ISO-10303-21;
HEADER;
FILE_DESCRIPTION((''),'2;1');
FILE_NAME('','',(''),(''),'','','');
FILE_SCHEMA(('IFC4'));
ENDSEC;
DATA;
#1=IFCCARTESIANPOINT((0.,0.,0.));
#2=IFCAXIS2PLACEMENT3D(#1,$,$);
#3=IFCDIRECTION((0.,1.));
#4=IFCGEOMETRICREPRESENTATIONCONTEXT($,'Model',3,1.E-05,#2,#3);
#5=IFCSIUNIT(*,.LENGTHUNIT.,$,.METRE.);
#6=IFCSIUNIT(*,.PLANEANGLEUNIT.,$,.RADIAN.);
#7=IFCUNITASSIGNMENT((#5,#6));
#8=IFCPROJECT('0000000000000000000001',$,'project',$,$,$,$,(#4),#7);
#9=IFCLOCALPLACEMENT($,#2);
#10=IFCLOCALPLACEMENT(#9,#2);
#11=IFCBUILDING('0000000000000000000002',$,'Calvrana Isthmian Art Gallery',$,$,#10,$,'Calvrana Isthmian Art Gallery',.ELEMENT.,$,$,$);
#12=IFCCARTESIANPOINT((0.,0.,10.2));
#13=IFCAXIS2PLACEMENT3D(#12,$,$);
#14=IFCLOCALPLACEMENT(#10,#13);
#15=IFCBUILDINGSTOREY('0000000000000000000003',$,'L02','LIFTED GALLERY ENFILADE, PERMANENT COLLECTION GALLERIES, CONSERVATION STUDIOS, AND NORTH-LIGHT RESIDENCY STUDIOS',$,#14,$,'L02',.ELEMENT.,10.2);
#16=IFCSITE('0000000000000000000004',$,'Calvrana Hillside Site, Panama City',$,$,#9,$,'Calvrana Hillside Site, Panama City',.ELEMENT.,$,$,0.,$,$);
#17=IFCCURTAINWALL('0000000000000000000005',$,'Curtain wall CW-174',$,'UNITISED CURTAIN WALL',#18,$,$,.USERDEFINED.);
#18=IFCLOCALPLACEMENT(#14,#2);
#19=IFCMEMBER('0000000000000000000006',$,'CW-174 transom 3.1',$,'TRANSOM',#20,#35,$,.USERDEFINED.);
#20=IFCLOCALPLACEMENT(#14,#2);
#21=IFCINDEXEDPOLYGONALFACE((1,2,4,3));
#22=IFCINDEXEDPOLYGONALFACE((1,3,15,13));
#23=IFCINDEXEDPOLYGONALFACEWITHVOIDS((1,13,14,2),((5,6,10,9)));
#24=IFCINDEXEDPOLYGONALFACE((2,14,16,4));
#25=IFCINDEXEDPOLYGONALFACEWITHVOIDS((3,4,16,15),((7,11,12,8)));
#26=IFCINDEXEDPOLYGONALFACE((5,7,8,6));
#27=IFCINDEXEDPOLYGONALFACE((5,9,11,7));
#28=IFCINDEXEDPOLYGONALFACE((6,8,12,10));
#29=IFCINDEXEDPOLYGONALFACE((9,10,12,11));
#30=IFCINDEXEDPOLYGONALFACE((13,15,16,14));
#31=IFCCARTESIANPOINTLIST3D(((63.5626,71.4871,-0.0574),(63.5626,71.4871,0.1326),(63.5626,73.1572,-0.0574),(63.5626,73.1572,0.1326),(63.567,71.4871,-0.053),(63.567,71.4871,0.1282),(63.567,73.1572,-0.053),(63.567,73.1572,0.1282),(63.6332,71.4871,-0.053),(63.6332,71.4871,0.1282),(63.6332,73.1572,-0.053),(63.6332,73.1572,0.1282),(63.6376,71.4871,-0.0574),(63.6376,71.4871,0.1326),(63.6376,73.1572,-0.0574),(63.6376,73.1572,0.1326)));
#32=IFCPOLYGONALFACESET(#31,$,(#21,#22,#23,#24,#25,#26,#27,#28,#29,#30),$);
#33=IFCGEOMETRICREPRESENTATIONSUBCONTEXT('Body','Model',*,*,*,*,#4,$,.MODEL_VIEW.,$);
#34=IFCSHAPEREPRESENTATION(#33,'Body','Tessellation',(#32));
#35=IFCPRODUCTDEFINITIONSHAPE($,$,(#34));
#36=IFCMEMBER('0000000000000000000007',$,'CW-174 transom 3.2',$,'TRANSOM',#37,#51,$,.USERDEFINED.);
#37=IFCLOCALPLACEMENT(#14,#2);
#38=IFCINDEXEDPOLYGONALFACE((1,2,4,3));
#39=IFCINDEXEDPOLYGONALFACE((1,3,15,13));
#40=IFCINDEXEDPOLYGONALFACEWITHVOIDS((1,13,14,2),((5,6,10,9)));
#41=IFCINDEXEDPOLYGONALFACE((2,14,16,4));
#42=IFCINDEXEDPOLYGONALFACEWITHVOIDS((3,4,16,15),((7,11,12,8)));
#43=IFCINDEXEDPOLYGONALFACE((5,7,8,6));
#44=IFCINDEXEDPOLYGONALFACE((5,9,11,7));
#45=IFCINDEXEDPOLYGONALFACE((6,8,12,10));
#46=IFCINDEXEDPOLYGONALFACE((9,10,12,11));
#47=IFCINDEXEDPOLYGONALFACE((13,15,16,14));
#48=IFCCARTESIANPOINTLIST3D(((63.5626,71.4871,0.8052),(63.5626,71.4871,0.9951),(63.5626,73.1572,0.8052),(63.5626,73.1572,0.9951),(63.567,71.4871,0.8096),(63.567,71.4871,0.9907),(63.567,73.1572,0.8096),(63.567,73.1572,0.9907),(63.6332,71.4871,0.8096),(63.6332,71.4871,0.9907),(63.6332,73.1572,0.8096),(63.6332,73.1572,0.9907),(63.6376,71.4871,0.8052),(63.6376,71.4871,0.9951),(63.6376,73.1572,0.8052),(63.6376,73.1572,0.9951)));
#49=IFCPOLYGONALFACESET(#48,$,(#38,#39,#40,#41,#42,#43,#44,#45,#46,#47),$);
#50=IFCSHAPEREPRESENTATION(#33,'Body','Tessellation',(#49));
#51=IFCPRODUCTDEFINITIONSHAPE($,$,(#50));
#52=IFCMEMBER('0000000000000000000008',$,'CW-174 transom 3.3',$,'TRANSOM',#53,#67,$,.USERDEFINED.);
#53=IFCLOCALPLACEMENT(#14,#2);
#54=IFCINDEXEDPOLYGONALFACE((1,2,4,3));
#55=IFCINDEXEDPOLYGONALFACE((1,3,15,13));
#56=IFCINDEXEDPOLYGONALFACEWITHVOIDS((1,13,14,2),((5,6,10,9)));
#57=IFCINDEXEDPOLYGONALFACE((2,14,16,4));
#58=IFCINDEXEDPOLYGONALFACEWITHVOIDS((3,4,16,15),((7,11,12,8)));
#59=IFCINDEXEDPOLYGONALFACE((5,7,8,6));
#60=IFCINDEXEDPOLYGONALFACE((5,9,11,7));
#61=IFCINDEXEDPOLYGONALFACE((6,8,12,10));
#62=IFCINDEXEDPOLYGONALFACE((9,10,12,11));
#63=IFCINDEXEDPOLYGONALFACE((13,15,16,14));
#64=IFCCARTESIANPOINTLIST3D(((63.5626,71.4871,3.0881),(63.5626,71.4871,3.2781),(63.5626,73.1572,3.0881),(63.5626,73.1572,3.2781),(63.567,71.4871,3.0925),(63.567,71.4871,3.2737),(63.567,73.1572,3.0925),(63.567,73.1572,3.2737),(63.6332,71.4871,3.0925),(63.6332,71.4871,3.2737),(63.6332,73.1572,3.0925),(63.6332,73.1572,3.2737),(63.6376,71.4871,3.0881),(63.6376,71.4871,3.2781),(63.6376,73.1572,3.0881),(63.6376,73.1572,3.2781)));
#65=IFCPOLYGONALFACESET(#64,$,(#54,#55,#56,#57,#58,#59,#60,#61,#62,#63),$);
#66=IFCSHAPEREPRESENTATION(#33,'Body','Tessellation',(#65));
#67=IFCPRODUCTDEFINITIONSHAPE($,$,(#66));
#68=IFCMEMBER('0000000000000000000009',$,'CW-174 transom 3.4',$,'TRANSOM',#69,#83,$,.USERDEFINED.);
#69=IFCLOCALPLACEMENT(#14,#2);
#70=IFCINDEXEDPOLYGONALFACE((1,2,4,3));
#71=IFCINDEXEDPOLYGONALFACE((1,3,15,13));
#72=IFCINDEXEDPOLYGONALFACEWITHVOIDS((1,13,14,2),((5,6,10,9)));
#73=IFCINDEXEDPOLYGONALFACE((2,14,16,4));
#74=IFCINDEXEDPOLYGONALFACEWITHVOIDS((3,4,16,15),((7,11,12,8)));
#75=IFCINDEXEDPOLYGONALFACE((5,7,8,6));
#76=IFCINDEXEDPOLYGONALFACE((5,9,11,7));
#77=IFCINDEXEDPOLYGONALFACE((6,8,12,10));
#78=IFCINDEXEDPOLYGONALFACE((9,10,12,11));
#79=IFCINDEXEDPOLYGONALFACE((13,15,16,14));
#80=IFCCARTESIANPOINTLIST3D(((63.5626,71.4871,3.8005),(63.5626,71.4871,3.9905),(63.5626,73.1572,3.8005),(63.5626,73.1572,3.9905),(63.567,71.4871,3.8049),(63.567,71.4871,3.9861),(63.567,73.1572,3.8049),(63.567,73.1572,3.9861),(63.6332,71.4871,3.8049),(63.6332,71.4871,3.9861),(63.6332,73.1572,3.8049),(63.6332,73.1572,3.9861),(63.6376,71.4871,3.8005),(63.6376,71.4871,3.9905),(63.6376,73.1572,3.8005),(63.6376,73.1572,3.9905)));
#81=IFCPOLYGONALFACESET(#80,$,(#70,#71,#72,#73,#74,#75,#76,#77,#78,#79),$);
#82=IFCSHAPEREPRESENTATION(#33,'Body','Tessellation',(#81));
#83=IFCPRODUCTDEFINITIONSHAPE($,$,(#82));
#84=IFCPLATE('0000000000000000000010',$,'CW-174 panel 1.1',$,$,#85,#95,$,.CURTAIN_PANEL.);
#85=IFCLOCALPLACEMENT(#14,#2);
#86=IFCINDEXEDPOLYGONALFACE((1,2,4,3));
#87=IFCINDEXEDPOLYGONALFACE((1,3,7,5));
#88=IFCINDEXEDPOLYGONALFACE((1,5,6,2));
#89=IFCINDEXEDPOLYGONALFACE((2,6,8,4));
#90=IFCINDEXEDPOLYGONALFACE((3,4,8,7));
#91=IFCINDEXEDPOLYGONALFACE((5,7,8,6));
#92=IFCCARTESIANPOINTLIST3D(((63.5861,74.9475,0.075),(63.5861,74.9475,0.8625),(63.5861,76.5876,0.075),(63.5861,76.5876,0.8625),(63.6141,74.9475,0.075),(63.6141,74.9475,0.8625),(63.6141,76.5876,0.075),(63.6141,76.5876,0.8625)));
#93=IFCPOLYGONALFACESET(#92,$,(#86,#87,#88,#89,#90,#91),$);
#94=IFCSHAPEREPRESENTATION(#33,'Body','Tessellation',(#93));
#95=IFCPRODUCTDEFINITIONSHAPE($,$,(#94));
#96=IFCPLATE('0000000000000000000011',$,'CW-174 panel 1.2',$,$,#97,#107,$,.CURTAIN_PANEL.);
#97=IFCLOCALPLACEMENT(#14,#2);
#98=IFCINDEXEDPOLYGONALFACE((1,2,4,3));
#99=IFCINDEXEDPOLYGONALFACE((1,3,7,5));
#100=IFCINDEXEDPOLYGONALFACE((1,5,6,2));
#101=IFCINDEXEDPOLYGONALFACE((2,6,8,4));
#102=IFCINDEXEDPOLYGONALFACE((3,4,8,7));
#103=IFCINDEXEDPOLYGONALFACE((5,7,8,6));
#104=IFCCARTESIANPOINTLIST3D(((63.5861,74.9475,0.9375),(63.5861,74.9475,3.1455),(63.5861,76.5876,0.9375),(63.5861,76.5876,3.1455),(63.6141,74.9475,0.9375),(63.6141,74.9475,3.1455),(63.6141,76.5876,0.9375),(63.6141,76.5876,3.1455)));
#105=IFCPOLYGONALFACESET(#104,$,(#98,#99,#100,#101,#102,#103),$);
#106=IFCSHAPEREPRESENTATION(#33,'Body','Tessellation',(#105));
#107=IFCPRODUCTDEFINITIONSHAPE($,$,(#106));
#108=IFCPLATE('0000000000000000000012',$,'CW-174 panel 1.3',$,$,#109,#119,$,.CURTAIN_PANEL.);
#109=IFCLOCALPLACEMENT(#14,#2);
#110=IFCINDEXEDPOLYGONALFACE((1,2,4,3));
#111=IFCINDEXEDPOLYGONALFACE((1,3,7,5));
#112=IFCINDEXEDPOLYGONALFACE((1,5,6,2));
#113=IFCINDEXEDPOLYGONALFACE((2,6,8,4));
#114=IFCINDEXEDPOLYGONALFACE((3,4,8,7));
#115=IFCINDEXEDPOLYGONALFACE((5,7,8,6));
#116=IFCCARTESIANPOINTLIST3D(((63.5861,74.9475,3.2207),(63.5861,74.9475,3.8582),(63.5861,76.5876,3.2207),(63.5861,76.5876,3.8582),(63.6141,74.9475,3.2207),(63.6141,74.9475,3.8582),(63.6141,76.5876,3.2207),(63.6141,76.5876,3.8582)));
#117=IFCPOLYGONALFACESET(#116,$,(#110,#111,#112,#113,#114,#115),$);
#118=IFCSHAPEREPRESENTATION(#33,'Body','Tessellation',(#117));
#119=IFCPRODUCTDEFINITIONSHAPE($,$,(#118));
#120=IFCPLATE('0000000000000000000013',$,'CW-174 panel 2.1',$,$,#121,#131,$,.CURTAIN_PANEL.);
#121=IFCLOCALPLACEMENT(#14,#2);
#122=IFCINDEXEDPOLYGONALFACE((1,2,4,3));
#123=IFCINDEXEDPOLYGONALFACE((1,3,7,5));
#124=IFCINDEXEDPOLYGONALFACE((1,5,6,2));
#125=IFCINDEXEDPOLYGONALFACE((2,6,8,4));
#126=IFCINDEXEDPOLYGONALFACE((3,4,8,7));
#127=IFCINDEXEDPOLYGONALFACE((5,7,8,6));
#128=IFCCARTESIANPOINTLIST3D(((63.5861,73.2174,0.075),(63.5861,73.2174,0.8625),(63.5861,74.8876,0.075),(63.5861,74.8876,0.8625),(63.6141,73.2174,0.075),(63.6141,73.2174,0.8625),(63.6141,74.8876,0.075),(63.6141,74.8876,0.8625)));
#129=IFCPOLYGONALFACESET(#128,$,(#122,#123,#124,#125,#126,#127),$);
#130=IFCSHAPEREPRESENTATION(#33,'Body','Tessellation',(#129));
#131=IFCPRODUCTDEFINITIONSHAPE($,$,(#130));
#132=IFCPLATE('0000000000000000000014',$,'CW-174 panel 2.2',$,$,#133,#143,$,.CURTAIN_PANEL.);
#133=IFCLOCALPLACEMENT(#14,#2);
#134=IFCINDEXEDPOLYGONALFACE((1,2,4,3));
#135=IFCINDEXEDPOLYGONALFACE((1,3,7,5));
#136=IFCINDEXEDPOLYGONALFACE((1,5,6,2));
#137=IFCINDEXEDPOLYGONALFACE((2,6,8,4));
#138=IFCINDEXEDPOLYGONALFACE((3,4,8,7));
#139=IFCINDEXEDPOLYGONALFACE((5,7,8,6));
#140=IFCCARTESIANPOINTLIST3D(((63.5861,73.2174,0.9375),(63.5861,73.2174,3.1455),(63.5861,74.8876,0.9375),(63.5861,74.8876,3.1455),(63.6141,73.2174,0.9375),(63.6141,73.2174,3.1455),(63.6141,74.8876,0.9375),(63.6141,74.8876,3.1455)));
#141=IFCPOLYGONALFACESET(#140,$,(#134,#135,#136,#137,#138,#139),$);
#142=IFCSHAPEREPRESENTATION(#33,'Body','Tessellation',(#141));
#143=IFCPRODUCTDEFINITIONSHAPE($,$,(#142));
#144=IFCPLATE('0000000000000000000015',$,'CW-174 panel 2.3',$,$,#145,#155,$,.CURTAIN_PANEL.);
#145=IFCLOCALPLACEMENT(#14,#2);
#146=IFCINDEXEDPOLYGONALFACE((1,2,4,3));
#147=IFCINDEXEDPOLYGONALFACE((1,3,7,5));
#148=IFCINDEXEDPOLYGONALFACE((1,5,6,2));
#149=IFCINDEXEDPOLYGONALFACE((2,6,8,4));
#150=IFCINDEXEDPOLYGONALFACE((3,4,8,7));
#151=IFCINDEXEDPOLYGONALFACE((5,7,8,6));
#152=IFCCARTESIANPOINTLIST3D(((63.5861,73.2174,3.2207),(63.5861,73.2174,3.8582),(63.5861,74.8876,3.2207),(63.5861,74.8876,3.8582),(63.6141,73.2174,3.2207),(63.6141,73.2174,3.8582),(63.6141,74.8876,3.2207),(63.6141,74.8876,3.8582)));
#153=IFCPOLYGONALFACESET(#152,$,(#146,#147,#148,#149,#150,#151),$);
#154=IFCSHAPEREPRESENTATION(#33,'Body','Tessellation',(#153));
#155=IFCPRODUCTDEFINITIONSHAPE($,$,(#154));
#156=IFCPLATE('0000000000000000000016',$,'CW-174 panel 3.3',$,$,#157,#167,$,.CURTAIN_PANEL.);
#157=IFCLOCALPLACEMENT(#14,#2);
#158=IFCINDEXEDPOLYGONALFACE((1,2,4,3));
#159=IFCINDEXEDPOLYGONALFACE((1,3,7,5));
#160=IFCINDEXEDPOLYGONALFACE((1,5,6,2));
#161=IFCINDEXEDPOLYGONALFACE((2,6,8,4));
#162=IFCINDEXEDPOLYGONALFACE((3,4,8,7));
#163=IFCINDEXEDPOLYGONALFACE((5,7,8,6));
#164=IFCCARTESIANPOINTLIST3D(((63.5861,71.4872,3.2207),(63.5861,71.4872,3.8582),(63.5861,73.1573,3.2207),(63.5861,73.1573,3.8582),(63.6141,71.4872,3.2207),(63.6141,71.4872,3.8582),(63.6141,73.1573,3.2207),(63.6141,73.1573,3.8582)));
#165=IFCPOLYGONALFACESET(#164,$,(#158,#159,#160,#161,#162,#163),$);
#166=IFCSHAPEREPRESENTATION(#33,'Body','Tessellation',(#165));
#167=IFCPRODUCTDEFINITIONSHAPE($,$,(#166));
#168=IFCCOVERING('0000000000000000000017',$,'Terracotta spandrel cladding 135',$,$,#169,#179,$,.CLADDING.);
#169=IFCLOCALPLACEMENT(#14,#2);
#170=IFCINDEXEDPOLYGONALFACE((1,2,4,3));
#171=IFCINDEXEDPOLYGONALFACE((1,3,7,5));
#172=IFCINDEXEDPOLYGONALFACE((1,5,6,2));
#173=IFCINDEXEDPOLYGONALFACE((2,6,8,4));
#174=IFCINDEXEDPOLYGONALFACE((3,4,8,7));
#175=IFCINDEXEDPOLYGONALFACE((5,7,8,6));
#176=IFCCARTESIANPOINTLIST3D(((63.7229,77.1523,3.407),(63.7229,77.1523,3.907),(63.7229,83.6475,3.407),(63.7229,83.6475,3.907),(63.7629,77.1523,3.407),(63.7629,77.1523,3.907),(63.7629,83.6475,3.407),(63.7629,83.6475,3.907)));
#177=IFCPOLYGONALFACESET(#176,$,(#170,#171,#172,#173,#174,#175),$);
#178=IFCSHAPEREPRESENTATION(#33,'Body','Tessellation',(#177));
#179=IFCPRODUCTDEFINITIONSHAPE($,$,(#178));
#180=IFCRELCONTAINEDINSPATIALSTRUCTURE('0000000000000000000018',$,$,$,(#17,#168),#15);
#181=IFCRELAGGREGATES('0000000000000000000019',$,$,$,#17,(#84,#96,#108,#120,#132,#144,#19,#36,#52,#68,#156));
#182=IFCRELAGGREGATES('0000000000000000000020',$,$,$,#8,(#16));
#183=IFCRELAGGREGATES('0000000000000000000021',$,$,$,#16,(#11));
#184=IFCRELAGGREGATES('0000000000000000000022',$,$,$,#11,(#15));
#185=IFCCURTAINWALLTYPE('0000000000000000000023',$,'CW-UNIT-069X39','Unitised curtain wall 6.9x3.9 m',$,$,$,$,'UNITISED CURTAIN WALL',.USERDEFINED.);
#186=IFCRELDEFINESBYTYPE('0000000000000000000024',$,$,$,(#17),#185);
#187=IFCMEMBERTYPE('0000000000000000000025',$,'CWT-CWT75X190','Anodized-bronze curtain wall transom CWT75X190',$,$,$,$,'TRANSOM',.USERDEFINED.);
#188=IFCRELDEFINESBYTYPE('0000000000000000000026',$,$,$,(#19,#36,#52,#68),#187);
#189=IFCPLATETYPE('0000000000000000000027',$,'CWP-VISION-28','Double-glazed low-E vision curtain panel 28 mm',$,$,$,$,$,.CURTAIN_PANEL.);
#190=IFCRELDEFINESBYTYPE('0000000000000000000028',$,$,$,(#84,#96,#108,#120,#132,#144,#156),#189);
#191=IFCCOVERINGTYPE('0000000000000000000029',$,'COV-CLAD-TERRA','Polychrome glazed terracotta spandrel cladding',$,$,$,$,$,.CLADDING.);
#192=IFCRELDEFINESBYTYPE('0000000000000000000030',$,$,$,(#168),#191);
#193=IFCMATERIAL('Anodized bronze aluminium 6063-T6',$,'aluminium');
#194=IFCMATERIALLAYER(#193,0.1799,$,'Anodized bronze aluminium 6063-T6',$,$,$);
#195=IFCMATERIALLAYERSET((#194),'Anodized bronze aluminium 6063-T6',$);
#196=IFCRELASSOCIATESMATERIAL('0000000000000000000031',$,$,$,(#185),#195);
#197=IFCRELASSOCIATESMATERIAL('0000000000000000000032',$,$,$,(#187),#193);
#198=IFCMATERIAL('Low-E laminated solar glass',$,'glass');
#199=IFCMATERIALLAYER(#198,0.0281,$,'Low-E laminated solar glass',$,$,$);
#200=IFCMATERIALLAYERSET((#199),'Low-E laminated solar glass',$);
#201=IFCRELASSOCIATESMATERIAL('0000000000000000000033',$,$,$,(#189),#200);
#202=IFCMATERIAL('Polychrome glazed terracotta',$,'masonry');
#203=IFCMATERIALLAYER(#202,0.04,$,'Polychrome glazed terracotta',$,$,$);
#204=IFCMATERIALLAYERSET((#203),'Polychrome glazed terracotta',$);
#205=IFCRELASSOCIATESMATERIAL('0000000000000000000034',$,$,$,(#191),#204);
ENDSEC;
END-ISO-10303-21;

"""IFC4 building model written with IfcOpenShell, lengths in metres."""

from ifc_helpers import new_model, si_unit, direction, frame, origin, origin_2d, place, context, subcontext, project, spatial, rectangle, hollow_rectangle, extrude, material, layer, layer_set, material_profile, profile_set, type_object, element, aggregate, save


model = new_model("IFC4")

# Units and contexts
model_context = context("Model", 3, precision=1e-05, world=origin(), true_north=direction((0.0, 1.0)))
body_context = subcontext(model_context, "Body", "Model", "MODEL_VIEW")
ifc_project = project(units=[si_unit("LENGTHUNIT", "METRE"), si_unit("PLANEANGLEUNIT", "RADIAN")], contexts=[model_context])

# Site, building, storey
site_placement = place(None, origin())
site = spatial("IfcSite", under=ifc_project, at=site_placement, Name="Calvrana Hillside Site, Panama City", LongName="Calvrana Hillside Site, Panama City", CompositionType="ELEMENT", RefElevation=0.0)
building_placement = place(site_placement, origin())
building = spatial("IfcBuilding", under=site, at=building_placement, Name="Calvrana Isthmian Art Gallery", LongName="Calvrana Isthmian Art Gallery", CompositionType="ELEMENT")
storey_placement = place(building_placement, frame((0.0, 0.0, 10.2)))
storey = spatial("IfcBuildingStorey", under=building, at=storey_placement, Name="L02", Description="LIFTED GALLERY ENFILADE, PERMANENT COLLECTION GALLERIES, CONSERVATION STUDIOS, AND NORTH-LIGHT RESIDENCY STUDIOS", LongName="L02", CompositionType="ELEMENT", Elevation=10.2)

# Curtain wall, members, plates
ifc_material_1 = material(Name="Anodized bronze aluminium 6063-T6", Category="aluminium")
ifc_layer_1 = layer(ifc_material_1, 0.1799, Name="Anodized bronze aluminium 6063-T6")
ifc_layer_set_1 = layer_set([ifc_layer_1], Name="Anodized bronze aluminium 6063-T6")
curtain_wall_type = type_object("IfcCurtainWallType", Name="CW-UNIT-069X39", Description="Unitised curtain wall 6.9x3.9 m", ElementType="UNITISED CURTAIN WALL", PredefinedType="USERDEFINED", material=ifc_layer_set_1)
curtain_wall_placement = place(storey_placement, origin())
curtain_wall = element("IfcCurtainWall", 1, at=curtain_wall_placement, inside=storey, type_object=curtain_wall_type, Name="Curtain wall CW-174", ObjectType="UNITISED CURTAIN WALL", PredefinedType="USERDEFINED")
ifc_material_profile_1 = material_profile(ifc_material_1, hollow_rectangle(XDim=0.075, YDim=0.1899, WallThickness=0.0044, at=origin_2d()), Name="CWT75X190")
ifc_profile_set_1 = profile_set([ifc_material_profile_1], Name="Anodized bronze aluminium 6063-T6")
member_type_1 = type_object("IfcMemberType", Name="CWT-CWT75X190", Description="Anodized-bronze curtain wall transom CWT75X190", ElementType="TRANSOM", PredefinedType="USERDEFINED", material=ifc_profile_set_1)
member_1_placement = place(storey_placement, frame((63.6001, 73.1572, 0.0376), z_axis=(0.0, -1.0, 0.0), x_axis=(1.0, 0.0, 0.0)))
member_1 = element("IfcMember", 2, at=member_1_placement, type_object=member_type_1, Name="CW-174 transom 3.1", ObjectType="TRANSOM", PredefinedType="USERDEFINED", context=body_context, shape_type="SweptSolid", body=[
    extrude(hollow_rectangle(XDim=0.075, YDim=0.1899, WallThickness=0.0044, at=origin_2d()), origin(), (0.0, 0.0, 1.0), 1.6702),
])
member_2_placement = place(storey_placement, frame((63.6001, 73.1572, 0.9001), z_axis=(0.0, -1.0, 0.0), x_axis=(1.0, 0.0, 0.0)))
member_2 = element("IfcMember", 3, at=member_2_placement, type_object=member_type_1, Name="CW-174 transom 3.2", ObjectType="TRANSOM", PredefinedType="USERDEFINED", context=body_context, shape_type="SweptSolid", body=[
    extrude(hollow_rectangle(XDim=0.075, YDim=0.1899, WallThickness=0.0044, at=origin_2d()), origin(), (0.0, 0.0, 1.0), 1.6702),
])
member_3_placement = place(storey_placement, frame((63.6001, 73.1572, 3.1831), z_axis=(0.0, -1.0, 0.0), x_axis=(1.0, 0.0, 0.0)))
member_3 = element("IfcMember", 4, at=member_3_placement, type_object=member_type_1, Name="CW-174 transom 3.3", ObjectType="TRANSOM", PredefinedType="USERDEFINED", context=body_context, shape_type="SweptSolid", body=[
    extrude(hollow_rectangle(XDim=0.075, YDim=0.1899, WallThickness=0.0044, at=origin_2d()), origin(), (0.0, 0.0, 1.0), 1.6702),
])
member_4_placement = place(storey_placement, frame((63.6001, 73.1572, 3.8955), z_axis=(0.0, -1.0, 0.0), x_axis=(1.0, 0.0, 0.0)))
member_4 = element("IfcMember", 5, at=member_4_placement, type_object=member_type_1, Name="CW-174 transom 3.4", ObjectType="TRANSOM", PredefinedType="USERDEFINED", context=body_context, shape_type="SweptSolid", body=[
    extrude(hollow_rectangle(XDim=0.075, YDim=0.1899, WallThickness=0.0044, at=origin_2d()), origin(), (0.0, 0.0, 1.0), 1.6702),
])
ifc_material_2 = material(Name="Low-E laminated solar glass", Category="glass")
ifc_layer_2 = layer(ifc_material_2, 0.0281, Name="Low-E laminated solar glass")
ifc_layer_set_2 = layer_set([ifc_layer_2], Name="Low-E laminated solar glass")
plate_type = type_object("IfcPlateType", Name="CWP-VISION-28", Description="Double-glazed low-E vision curtain panel 28 mm", PredefinedType="CURTAIN_PANEL", material=ifc_layer_set_2)
plate_1_placement = place(storey_placement, frame((63.6001, 75.7676, 0.075), z_axis=(0.0, 0.0, 1.0), x_axis=(0.0, -1.0, 0.0)))
plate_1 = element("IfcPlate", 6, at=plate_1_placement, type_object=plate_type, Name="CW-174 panel 1.1", PredefinedType="CURTAIN_PANEL", context=body_context, shape_type="SweptSolid", body=[
    extrude(rectangle(XDim=1.6401, YDim=0.0281, at=origin_2d()), origin(), (0.0, 0.0, 1.0), 0.7876),
])
plate_2_placement = place(storey_placement, frame((63.6001, 75.7676, 0.9375), z_axis=(0.0, 0.0, 1.0), x_axis=(0.0, -1.0, 0.0)))
plate_2 = element("IfcPlate", 7, at=plate_2_placement, type_object=plate_type, Name="CW-174 panel 1.2", PredefinedType="CURTAIN_PANEL", context=body_context, shape_type="SweptSolid", body=[
    extrude(rectangle(XDim=1.6401, YDim=0.0281, at=origin_2d()), origin(), (0.0, 0.0, 1.0), 2.208),
])
plate_3_placement = place(storey_placement, frame((63.6001, 75.7676, 3.2207), z_axis=(0.0, 0.0, 1.0), x_axis=(0.0, -1.0, 0.0)))
plate_3 = element("IfcPlate", 8, at=plate_3_placement, type_object=plate_type, Name="CW-174 panel 1.3", PredefinedType="CURTAIN_PANEL", context=body_context, shape_type="SweptSolid", body=[
    extrude(rectangle(XDim=1.6401, YDim=0.0281, at=origin_2d()), origin(), (0.0, 0.0, 1.0), 0.6375),
])
plate_4_placement = place(storey_placement, frame((63.6001, 74.0525, 0.075), z_axis=(0.0, 0.0, 1.0), x_axis=(0.0, -1.0, 0.0)))
plate_4 = element("IfcPlate", 9, at=plate_4_placement, type_object=plate_type, Name="CW-174 panel 2.1", PredefinedType="CURTAIN_PANEL", context=body_context, shape_type="SweptSolid", body=[
    extrude(rectangle(XDim=1.6702, YDim=0.0281, at=origin_2d()), origin(), (0.0, 0.0, 1.0), 0.7876),
])
plate_5_placement = place(storey_placement, frame((63.6001, 74.0525, 0.9375), z_axis=(0.0, 0.0, 1.0), x_axis=(0.0, -1.0, 0.0)))
plate_5 = element("IfcPlate", 10, at=plate_5_placement, type_object=plate_type, Name="CW-174 panel 2.2", PredefinedType="CURTAIN_PANEL", context=body_context, shape_type="SweptSolid", body=[
    extrude(rectangle(XDim=1.6702, YDim=0.0281, at=origin_2d()), origin(), (0.0, 0.0, 1.0), 2.208),
])
plate_6_placement = place(storey_placement, frame((63.6001, 74.0525, 3.2207), z_axis=(0.0, 0.0, 1.0), x_axis=(0.0, -1.0, 0.0)))
plate_6 = element("IfcPlate", 11, at=plate_6_placement, type_object=plate_type, Name="CW-174 panel 2.3", PredefinedType="CURTAIN_PANEL", context=body_context, shape_type="SweptSolid", body=[
    extrude(rectangle(XDim=1.6702, YDim=0.0281, at=origin_2d()), origin(), (0.0, 0.0, 1.0), 0.6375),
])
plate_7_placement = place(storey_placement, frame((63.6001, 72.3223, 3.2207), z_axis=(0.0, 0.0, 1.0), x_axis=(0.0, -1.0, 0.0)))
plate_7 = element("IfcPlate", 12, at=plate_7_placement, type_object=plate_type, Name="CW-174 panel 3.3", PredefinedType="CURTAIN_PANEL", context=body_context, shape_type="SweptSolid", body=[
    extrude(rectangle(XDim=1.6702, YDim=0.0281, at=origin_2d()), origin(), (0.0, 0.0, 1.0), 0.6375),
])
aggregate(curtain_wall, [plate_1, plate_2, plate_3, plate_4, plate_5, plate_6, member_1, member_2, member_3, member_4, plate_7])

# Covering
ifc_material_3 = material(Name="Polychrome glazed terracotta", Category="masonry")
ifc_layer_3 = layer(ifc_material_3, 0.04, Name="Polychrome glazed terracotta")
ifc_layer_set_3 = layer_set([ifc_layer_3], Name="Polychrome glazed terracotta")
covering_type = type_object("IfcCoveringType", Name="COV-CLAD-TERRA", Description="Polychrome glazed terracotta spandrel cladding", PredefinedType="CLADDING", material=ifc_layer_set_3)
covering_placement = place(storey_placement, frame((63.7429, 80.3999, 3.407), z_axis=(0.0, 0.0, 1.0), x_axis=(0.0, -1.0, 0.0)))
element("IfcCovering", 13, at=covering_placement, inside=storey, type_object=covering_type, Name="Terracotta spandrel cladding 135", PredefinedType="CLADDING", context=body_context, shape_type="SweptSolid", body=[
    extrude(rectangle(XDim=6.4951, YDim=0.04, at=origin_2d()), origin(), (0.0, 0.0, 1.0), 0.5),
])

save(model, "model.ifc")
